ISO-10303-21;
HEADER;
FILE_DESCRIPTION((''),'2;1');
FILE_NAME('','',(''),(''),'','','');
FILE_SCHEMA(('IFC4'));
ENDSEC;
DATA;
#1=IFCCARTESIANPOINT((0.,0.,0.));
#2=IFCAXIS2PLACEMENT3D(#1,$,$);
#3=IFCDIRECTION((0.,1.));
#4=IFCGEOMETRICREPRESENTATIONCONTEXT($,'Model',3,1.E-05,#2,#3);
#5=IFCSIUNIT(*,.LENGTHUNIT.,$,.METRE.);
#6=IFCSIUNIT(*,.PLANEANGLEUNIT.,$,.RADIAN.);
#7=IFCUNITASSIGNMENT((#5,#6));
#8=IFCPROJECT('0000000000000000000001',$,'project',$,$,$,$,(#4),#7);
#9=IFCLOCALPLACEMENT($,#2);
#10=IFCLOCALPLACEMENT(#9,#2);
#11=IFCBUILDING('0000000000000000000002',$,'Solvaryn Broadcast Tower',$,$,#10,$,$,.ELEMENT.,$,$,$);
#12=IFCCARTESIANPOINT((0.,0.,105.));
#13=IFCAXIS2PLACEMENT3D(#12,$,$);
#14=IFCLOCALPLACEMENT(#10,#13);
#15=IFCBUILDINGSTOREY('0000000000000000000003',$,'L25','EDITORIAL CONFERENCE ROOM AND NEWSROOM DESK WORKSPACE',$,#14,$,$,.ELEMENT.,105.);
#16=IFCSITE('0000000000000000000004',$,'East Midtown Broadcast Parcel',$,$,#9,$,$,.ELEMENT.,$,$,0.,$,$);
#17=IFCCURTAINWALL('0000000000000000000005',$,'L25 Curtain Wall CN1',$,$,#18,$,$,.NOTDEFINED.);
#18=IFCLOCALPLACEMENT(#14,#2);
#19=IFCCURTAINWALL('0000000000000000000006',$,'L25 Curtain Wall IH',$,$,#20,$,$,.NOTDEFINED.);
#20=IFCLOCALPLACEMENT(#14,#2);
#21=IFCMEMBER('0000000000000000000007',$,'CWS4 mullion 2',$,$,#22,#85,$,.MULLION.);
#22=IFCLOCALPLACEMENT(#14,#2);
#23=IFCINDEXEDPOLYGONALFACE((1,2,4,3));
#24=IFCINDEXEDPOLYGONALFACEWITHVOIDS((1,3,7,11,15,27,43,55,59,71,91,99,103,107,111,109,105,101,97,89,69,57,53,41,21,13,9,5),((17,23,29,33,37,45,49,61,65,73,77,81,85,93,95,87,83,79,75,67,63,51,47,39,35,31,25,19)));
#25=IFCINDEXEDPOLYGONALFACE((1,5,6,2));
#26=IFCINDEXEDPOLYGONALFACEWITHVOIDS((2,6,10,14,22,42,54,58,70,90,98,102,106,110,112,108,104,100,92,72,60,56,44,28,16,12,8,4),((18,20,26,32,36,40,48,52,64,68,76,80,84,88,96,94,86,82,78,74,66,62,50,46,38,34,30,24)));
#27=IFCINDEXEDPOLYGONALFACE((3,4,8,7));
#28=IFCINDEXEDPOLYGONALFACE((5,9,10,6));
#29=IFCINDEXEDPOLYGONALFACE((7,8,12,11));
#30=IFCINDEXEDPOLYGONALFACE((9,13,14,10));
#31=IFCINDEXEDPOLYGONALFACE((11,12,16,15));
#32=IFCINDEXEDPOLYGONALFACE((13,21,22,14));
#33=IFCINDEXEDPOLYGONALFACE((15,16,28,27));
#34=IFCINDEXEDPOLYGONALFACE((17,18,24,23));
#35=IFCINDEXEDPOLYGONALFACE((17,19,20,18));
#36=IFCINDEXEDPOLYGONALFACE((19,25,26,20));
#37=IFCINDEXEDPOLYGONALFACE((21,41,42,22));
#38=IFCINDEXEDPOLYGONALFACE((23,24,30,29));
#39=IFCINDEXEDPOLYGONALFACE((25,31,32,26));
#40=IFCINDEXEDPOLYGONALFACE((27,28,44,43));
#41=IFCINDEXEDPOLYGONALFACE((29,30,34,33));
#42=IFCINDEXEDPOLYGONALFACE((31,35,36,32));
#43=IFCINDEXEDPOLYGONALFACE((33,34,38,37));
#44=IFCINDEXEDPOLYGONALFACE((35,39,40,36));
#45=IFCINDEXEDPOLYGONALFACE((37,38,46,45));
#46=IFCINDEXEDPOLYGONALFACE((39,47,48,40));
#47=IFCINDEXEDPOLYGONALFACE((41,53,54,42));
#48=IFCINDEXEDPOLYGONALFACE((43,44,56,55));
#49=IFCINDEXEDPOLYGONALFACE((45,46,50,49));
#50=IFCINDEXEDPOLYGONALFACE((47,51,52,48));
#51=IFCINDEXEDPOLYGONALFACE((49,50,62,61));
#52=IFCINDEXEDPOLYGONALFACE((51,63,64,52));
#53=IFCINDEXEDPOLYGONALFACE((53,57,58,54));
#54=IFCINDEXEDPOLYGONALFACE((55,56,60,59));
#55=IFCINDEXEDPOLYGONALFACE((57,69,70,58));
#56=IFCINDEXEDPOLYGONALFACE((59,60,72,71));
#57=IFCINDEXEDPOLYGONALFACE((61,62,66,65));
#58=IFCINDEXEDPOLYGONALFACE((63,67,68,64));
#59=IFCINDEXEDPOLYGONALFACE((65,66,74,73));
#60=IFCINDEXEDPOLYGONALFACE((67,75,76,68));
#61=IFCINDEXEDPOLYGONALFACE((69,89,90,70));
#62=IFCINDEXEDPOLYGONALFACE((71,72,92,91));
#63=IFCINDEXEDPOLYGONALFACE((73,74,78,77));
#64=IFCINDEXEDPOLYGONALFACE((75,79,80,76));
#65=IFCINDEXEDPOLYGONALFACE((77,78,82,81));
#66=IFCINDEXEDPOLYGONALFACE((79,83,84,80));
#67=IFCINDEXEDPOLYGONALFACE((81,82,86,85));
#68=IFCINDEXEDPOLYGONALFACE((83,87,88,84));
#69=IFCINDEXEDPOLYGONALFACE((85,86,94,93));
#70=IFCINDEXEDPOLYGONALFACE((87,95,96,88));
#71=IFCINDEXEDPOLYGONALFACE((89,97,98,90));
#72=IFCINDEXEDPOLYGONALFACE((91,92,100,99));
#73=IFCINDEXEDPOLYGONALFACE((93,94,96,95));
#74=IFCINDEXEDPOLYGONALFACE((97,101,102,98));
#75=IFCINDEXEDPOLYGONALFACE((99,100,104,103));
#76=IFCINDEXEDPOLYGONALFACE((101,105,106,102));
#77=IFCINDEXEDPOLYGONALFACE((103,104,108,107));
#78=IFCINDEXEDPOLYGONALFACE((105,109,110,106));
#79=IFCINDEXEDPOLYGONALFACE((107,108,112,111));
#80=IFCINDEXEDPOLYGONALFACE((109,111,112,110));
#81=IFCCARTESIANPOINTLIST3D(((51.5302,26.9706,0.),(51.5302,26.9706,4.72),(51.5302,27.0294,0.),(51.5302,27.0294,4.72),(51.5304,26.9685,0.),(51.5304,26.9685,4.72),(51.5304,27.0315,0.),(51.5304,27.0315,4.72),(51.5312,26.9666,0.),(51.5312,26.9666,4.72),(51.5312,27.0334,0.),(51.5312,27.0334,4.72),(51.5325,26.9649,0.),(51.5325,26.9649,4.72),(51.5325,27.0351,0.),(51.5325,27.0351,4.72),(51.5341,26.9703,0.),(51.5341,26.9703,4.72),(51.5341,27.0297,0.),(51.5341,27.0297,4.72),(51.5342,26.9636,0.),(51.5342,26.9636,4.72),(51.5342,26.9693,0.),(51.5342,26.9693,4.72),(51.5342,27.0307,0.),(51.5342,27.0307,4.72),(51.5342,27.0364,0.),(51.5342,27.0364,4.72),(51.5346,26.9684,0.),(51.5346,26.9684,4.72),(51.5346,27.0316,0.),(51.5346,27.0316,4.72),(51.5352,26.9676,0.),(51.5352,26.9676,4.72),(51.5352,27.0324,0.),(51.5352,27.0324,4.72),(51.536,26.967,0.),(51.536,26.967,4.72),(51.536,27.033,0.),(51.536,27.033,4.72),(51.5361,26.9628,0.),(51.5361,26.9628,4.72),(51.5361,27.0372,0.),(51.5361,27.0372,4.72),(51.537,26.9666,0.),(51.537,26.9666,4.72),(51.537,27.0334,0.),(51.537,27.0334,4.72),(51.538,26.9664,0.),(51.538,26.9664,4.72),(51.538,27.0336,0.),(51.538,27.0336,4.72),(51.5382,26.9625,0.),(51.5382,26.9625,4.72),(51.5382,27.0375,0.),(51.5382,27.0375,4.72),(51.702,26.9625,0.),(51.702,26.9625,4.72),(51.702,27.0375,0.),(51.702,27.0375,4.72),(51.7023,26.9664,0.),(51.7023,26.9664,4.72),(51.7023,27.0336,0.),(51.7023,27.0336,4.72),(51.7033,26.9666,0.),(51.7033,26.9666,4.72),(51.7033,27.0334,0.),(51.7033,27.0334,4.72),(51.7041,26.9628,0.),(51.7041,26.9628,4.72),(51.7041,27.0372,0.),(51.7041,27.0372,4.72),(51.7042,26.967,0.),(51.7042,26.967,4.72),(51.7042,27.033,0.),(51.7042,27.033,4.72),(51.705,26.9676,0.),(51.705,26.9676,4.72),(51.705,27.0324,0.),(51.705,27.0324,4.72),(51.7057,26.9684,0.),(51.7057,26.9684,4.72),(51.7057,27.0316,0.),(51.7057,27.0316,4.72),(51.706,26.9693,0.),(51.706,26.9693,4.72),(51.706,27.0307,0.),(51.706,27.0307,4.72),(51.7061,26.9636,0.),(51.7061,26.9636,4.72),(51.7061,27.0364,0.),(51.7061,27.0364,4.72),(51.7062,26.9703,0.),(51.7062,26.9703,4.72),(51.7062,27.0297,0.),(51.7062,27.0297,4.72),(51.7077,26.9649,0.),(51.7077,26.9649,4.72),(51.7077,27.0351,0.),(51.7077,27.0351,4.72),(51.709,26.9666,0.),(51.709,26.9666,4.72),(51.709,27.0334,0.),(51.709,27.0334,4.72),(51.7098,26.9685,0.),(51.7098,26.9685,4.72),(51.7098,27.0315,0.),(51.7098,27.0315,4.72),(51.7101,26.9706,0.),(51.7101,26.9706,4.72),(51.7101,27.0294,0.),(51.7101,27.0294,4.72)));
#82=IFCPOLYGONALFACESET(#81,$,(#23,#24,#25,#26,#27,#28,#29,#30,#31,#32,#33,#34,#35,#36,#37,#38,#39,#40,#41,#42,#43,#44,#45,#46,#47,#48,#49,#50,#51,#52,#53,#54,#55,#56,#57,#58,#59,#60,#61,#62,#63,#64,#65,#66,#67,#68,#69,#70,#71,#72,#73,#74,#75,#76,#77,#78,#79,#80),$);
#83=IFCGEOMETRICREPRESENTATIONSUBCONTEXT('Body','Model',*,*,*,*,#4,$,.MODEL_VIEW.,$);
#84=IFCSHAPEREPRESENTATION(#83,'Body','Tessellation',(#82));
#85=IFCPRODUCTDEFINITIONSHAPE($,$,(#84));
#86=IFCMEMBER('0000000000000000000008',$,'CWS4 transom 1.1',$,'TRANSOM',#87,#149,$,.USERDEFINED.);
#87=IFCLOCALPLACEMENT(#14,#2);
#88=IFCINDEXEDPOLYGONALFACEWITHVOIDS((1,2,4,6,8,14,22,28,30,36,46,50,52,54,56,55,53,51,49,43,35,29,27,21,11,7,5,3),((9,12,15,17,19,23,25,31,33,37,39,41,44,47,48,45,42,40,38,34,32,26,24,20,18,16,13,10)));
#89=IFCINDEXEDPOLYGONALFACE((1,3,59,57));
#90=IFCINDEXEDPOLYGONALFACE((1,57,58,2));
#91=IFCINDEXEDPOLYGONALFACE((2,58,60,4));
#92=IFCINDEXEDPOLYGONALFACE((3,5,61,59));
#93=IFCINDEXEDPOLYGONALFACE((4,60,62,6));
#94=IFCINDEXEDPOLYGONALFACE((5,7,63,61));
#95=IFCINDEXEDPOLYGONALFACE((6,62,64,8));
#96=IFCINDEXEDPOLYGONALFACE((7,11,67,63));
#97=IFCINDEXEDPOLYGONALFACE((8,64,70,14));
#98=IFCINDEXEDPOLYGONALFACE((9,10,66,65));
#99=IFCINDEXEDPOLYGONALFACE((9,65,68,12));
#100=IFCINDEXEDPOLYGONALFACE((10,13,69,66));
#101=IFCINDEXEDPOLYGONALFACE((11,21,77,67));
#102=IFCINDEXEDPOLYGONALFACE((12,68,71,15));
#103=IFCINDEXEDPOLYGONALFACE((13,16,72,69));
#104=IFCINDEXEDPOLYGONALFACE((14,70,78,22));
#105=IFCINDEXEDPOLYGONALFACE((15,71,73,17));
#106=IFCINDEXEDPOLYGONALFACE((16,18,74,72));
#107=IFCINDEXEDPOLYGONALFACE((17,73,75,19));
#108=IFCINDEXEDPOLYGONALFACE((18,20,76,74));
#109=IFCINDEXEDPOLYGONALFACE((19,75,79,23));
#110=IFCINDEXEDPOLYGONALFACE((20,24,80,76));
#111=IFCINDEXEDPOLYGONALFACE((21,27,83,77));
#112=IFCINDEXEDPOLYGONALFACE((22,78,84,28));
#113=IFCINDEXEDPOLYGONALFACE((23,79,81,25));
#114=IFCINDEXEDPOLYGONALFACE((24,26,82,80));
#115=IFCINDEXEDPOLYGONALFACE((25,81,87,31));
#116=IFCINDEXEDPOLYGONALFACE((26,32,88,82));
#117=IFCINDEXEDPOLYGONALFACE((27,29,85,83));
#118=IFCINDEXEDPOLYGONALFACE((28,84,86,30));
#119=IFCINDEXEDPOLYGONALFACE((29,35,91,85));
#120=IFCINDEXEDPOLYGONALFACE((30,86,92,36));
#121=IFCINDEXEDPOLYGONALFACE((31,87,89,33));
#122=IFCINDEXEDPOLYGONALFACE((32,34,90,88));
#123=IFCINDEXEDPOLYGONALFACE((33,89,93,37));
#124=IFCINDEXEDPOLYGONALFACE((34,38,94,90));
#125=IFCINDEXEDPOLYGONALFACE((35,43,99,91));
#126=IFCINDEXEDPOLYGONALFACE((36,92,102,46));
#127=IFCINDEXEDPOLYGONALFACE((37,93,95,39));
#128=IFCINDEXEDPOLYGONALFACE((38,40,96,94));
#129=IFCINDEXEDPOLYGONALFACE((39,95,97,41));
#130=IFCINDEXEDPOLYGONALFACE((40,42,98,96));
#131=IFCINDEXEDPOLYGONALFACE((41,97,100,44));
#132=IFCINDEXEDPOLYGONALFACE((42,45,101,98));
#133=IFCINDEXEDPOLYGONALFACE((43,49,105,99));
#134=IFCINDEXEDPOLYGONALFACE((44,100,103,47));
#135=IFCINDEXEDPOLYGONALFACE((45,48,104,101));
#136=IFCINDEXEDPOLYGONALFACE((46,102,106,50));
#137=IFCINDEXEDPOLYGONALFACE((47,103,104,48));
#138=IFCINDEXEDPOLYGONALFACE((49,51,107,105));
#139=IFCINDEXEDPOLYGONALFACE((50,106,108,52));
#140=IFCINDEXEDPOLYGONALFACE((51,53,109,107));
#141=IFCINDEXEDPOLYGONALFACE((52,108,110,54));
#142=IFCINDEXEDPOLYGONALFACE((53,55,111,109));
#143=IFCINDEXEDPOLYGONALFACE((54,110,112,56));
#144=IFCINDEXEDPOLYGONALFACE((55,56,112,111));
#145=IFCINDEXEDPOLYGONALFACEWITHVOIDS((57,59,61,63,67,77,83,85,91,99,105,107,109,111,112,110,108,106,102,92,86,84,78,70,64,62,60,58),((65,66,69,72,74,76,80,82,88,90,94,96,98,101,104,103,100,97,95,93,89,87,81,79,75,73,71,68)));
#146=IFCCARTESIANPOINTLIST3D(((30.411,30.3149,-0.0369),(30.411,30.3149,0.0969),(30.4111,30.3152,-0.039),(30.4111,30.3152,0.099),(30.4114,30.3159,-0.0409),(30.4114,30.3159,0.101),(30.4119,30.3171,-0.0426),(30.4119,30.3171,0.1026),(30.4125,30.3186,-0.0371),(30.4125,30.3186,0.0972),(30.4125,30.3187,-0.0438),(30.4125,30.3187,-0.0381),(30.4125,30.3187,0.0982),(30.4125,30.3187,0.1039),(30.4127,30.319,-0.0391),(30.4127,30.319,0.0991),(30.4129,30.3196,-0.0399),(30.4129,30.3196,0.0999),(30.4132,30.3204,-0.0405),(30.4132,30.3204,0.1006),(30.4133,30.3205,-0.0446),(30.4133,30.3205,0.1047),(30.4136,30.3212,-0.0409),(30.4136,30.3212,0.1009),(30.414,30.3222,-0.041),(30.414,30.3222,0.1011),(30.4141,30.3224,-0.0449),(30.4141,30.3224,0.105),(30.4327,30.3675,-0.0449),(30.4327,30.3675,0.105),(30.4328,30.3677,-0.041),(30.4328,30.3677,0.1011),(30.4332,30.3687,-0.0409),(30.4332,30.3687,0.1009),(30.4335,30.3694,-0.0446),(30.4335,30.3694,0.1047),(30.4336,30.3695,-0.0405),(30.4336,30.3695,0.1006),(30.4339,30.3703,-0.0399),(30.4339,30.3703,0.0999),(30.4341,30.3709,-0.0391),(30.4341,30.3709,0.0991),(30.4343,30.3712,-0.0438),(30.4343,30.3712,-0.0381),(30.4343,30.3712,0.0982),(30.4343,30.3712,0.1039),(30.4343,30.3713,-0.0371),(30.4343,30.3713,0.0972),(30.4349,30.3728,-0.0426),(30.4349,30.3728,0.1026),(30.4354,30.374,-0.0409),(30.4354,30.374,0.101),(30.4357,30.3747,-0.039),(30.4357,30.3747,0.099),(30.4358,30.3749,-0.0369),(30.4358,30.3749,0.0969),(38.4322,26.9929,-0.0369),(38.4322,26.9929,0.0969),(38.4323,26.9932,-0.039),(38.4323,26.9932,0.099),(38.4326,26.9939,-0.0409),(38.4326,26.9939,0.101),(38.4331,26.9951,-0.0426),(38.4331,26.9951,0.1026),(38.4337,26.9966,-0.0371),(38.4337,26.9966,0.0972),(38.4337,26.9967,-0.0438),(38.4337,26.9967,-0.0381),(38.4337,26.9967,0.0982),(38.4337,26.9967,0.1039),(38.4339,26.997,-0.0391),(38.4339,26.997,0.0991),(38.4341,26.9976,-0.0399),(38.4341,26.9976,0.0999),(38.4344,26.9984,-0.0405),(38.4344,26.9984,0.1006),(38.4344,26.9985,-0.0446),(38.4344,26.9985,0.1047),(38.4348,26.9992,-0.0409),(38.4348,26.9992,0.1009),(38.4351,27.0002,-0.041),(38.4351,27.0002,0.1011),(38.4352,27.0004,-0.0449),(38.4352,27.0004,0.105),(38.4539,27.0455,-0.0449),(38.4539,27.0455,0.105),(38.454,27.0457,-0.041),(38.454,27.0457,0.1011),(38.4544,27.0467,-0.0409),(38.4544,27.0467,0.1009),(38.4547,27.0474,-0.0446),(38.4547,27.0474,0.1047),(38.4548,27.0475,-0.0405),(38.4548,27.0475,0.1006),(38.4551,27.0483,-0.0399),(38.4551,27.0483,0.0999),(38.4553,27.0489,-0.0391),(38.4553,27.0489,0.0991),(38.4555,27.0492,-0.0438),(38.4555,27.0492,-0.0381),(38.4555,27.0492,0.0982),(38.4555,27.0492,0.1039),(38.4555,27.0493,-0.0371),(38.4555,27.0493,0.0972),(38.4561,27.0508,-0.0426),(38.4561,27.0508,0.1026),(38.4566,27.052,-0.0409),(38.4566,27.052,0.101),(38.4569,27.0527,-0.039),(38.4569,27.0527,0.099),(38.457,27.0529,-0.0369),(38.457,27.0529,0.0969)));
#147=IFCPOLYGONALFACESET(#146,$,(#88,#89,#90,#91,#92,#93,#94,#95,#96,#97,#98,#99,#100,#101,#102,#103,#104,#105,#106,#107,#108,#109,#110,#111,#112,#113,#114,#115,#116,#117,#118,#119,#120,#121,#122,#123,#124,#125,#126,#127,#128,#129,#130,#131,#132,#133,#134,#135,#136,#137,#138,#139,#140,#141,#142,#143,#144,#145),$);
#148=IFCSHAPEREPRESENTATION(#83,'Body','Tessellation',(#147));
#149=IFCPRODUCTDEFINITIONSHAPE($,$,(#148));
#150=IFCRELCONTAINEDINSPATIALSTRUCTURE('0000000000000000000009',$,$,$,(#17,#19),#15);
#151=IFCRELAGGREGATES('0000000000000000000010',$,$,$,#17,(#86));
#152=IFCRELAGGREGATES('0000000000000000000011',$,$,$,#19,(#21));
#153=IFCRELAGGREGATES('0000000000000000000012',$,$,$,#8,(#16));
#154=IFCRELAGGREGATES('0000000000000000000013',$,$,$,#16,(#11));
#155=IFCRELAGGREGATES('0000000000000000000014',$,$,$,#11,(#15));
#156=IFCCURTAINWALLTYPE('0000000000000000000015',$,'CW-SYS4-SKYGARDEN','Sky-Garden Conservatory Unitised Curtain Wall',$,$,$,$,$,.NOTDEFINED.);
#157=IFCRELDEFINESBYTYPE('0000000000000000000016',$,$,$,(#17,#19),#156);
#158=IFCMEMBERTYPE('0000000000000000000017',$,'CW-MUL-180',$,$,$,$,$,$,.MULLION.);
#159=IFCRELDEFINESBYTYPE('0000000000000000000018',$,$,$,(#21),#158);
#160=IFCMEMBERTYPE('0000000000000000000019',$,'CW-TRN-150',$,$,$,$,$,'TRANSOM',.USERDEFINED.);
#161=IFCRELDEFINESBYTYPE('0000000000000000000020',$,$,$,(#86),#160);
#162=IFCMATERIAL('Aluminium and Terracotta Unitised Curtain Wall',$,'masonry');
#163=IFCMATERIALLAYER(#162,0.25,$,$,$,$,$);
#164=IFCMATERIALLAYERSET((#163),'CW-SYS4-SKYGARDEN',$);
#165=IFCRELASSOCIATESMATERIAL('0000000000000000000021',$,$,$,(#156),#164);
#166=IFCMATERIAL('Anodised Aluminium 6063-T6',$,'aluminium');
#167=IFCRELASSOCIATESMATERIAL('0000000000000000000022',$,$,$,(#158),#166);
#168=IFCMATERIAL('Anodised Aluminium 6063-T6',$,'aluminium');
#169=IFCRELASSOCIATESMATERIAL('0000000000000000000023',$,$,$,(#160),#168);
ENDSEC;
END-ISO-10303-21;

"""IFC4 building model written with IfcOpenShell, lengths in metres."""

from ifc_helpers import new_model, si_unit, direction, frame, origin, origin_2d, place, context, subcontext, project, spatial, hollow_rectangle, extrude, material, layer, layer_set, material_profile, profile_set, type_object, element, aggregate, save


model = new_model("IFC4")

# Units and contexts
model_context = context("Model", 3, precision=1e-05, world=origin(), true_north=direction((0.0, 1.0)))
body_context = subcontext(model_context, "Body", "Model", "MODEL_VIEW")
ifc_project = project(units=[si_unit("LENGTHUNIT", "METRE"), si_unit("PLANEANGLEUNIT", "RADIAN")], contexts=[model_context])

# Site, building, storey
site_placement = place(None, origin())
site = spatial("IfcSite", under=ifc_project, at=site_placement, Name="East Midtown Broadcast Parcel", CompositionType="ELEMENT", RefElevation=0.0)
building_placement = place(site_placement, origin())
building = spatial("IfcBuilding", under=site, at=building_placement, Name="Solvaryn Broadcast Tower", CompositionType="ELEMENT")
storey_placement = place(building_placement, frame((0.0, 0.0, 105.0)))
storey = spatial("IfcBuildingStorey", under=building, at=storey_placement, Name="L25", Description="EDITORIAL CONFERENCE ROOM AND NEWSROOM DESK WORKSPACE", CompositionType="ELEMENT", Elevation=105.0)

# Curtain wall
ifc_material_1 = material(Name="Aluminium and Terracotta Unitised Curtain Wall", Category="masonry")
ifc_layer_1 = layer(ifc_material_1, 0.25)
ifc_layer_set_1 = layer_set([ifc_layer_1], Name="CW-SYS4-SKYGARDEN")
curtain_wall_type = type_object("IfcCurtainWallType", Name="CW-SYS4-SKYGARDEN", Description="Sky-Garden Conservatory Unitised Curtain Wall", PredefinedType="NOTDEFINED", material=ifc_layer_set_1)
curtain_wall_1_placement = place(storey_placement, origin())
curtain_wall_1 = element("IfcCurtainWall", 1, at=curtain_wall_1_placement, inside=storey, type_object=curtain_wall_type, Name="L25 Curtain Wall CN1", PredefinedType="NOTDEFINED")
ifc_material_2 = material(Name="Anodised Aluminium 6063-T6", Category="aluminium")
ifc_material_profile_1 = material_profile(ifc_material_2, hollow_rectangle(XDim=0.075, YDim=0.1799, WallThickness=0.0039, InnerFilletRadius=0.0039, OuterFilletRadius=0.0081, at=origin_2d()))
ifc_profile_set_1 = profile_set([ifc_material_profile_1], Name="Anodised Aluminium 6063-T6")
member_type_1 = type_object("IfcMemberType", Name="CW-MUL-180", PredefinedType="MULLION", material=ifc_profile_set_1)

# Curtain wall, member
curtain_wall_2_placement = place(storey_placement, origin())
curtain_wall_2 = element("IfcCurtainWall", 2, at=curtain_wall_2_placement, inside=storey, type_object=curtain_wall_type, Name="L25 Curtain Wall IH", PredefinedType="NOTDEFINED")
member_1_placement = place(storey_placement, frame((51.6201, 27.0, 0.0), z_axis=(0.0, 0.0, 1.0), x_axis=(0.0, 1.0, 0.0)))
member_1 = element("IfcMember", 3, at=member_1_placement, type_object=member_type_1, Name="CWS4 mullion 2", PredefinedType="MULLION", context=body_context, shape_type="SweptSolid", body=[
    extrude(hollow_rectangle(XDim=0.075, YDim=0.1799, WallThickness=0.0039, InnerFilletRadius=0.0039, OuterFilletRadius=0.0081, at=origin_2d()), origin(), (0.0, 0.0, 1.0), 4.72),
])

# Member
ifc_material_3 = material(Name="Anodised Aluminium 6063-T6", Category="aluminium")
ifc_material_profile_2 = material_profile(ifc_material_3, hollow_rectangle(XDim=0.0649, YDim=0.1499, WallThickness=0.0039, InnerFilletRadius=0.0039, OuterFilletRadius=0.0081, at=origin_2d()))
ifc_profile_set_2 = profile_set([ifc_material_profile_2], Name="Anodised Aluminium 6063-T6")
member_type_2 = type_object("IfcMemberType", Name="CW-TRN-150", ElementType="TRANSOM", PredefinedType="USERDEFINED", material=ifc_profile_set_2)
member_2_placement = place(storey_placement, frame((38.4446, 27.0229, 0.03), z_axis=(-0.923899, 0.382636, 0.0), x_axis=(-0.382636, -0.923899, 0.0)))
member_2 = element("IfcMember", 4, at=member_2_placement, type_object=member_type_2, Name="CWS4 transom 1.1", ObjectType="TRANSOM", PredefinedType="USERDEFINED", context=body_context, shape_type="SweptSolid", body=[
    extrude(hollow_rectangle(XDim=0.0649, YDim=0.1499, WallThickness=0.0039, InnerFilletRadius=0.0039, OuterFilletRadius=0.0081, at=origin_2d()), origin(), (0.0, 0.0, 1.0), 8.6819),
])

aggregate(curtain_wall_1, [member_2])
aggregate(curtain_wall_2, [member_1])

save(model, "model.ifc")
